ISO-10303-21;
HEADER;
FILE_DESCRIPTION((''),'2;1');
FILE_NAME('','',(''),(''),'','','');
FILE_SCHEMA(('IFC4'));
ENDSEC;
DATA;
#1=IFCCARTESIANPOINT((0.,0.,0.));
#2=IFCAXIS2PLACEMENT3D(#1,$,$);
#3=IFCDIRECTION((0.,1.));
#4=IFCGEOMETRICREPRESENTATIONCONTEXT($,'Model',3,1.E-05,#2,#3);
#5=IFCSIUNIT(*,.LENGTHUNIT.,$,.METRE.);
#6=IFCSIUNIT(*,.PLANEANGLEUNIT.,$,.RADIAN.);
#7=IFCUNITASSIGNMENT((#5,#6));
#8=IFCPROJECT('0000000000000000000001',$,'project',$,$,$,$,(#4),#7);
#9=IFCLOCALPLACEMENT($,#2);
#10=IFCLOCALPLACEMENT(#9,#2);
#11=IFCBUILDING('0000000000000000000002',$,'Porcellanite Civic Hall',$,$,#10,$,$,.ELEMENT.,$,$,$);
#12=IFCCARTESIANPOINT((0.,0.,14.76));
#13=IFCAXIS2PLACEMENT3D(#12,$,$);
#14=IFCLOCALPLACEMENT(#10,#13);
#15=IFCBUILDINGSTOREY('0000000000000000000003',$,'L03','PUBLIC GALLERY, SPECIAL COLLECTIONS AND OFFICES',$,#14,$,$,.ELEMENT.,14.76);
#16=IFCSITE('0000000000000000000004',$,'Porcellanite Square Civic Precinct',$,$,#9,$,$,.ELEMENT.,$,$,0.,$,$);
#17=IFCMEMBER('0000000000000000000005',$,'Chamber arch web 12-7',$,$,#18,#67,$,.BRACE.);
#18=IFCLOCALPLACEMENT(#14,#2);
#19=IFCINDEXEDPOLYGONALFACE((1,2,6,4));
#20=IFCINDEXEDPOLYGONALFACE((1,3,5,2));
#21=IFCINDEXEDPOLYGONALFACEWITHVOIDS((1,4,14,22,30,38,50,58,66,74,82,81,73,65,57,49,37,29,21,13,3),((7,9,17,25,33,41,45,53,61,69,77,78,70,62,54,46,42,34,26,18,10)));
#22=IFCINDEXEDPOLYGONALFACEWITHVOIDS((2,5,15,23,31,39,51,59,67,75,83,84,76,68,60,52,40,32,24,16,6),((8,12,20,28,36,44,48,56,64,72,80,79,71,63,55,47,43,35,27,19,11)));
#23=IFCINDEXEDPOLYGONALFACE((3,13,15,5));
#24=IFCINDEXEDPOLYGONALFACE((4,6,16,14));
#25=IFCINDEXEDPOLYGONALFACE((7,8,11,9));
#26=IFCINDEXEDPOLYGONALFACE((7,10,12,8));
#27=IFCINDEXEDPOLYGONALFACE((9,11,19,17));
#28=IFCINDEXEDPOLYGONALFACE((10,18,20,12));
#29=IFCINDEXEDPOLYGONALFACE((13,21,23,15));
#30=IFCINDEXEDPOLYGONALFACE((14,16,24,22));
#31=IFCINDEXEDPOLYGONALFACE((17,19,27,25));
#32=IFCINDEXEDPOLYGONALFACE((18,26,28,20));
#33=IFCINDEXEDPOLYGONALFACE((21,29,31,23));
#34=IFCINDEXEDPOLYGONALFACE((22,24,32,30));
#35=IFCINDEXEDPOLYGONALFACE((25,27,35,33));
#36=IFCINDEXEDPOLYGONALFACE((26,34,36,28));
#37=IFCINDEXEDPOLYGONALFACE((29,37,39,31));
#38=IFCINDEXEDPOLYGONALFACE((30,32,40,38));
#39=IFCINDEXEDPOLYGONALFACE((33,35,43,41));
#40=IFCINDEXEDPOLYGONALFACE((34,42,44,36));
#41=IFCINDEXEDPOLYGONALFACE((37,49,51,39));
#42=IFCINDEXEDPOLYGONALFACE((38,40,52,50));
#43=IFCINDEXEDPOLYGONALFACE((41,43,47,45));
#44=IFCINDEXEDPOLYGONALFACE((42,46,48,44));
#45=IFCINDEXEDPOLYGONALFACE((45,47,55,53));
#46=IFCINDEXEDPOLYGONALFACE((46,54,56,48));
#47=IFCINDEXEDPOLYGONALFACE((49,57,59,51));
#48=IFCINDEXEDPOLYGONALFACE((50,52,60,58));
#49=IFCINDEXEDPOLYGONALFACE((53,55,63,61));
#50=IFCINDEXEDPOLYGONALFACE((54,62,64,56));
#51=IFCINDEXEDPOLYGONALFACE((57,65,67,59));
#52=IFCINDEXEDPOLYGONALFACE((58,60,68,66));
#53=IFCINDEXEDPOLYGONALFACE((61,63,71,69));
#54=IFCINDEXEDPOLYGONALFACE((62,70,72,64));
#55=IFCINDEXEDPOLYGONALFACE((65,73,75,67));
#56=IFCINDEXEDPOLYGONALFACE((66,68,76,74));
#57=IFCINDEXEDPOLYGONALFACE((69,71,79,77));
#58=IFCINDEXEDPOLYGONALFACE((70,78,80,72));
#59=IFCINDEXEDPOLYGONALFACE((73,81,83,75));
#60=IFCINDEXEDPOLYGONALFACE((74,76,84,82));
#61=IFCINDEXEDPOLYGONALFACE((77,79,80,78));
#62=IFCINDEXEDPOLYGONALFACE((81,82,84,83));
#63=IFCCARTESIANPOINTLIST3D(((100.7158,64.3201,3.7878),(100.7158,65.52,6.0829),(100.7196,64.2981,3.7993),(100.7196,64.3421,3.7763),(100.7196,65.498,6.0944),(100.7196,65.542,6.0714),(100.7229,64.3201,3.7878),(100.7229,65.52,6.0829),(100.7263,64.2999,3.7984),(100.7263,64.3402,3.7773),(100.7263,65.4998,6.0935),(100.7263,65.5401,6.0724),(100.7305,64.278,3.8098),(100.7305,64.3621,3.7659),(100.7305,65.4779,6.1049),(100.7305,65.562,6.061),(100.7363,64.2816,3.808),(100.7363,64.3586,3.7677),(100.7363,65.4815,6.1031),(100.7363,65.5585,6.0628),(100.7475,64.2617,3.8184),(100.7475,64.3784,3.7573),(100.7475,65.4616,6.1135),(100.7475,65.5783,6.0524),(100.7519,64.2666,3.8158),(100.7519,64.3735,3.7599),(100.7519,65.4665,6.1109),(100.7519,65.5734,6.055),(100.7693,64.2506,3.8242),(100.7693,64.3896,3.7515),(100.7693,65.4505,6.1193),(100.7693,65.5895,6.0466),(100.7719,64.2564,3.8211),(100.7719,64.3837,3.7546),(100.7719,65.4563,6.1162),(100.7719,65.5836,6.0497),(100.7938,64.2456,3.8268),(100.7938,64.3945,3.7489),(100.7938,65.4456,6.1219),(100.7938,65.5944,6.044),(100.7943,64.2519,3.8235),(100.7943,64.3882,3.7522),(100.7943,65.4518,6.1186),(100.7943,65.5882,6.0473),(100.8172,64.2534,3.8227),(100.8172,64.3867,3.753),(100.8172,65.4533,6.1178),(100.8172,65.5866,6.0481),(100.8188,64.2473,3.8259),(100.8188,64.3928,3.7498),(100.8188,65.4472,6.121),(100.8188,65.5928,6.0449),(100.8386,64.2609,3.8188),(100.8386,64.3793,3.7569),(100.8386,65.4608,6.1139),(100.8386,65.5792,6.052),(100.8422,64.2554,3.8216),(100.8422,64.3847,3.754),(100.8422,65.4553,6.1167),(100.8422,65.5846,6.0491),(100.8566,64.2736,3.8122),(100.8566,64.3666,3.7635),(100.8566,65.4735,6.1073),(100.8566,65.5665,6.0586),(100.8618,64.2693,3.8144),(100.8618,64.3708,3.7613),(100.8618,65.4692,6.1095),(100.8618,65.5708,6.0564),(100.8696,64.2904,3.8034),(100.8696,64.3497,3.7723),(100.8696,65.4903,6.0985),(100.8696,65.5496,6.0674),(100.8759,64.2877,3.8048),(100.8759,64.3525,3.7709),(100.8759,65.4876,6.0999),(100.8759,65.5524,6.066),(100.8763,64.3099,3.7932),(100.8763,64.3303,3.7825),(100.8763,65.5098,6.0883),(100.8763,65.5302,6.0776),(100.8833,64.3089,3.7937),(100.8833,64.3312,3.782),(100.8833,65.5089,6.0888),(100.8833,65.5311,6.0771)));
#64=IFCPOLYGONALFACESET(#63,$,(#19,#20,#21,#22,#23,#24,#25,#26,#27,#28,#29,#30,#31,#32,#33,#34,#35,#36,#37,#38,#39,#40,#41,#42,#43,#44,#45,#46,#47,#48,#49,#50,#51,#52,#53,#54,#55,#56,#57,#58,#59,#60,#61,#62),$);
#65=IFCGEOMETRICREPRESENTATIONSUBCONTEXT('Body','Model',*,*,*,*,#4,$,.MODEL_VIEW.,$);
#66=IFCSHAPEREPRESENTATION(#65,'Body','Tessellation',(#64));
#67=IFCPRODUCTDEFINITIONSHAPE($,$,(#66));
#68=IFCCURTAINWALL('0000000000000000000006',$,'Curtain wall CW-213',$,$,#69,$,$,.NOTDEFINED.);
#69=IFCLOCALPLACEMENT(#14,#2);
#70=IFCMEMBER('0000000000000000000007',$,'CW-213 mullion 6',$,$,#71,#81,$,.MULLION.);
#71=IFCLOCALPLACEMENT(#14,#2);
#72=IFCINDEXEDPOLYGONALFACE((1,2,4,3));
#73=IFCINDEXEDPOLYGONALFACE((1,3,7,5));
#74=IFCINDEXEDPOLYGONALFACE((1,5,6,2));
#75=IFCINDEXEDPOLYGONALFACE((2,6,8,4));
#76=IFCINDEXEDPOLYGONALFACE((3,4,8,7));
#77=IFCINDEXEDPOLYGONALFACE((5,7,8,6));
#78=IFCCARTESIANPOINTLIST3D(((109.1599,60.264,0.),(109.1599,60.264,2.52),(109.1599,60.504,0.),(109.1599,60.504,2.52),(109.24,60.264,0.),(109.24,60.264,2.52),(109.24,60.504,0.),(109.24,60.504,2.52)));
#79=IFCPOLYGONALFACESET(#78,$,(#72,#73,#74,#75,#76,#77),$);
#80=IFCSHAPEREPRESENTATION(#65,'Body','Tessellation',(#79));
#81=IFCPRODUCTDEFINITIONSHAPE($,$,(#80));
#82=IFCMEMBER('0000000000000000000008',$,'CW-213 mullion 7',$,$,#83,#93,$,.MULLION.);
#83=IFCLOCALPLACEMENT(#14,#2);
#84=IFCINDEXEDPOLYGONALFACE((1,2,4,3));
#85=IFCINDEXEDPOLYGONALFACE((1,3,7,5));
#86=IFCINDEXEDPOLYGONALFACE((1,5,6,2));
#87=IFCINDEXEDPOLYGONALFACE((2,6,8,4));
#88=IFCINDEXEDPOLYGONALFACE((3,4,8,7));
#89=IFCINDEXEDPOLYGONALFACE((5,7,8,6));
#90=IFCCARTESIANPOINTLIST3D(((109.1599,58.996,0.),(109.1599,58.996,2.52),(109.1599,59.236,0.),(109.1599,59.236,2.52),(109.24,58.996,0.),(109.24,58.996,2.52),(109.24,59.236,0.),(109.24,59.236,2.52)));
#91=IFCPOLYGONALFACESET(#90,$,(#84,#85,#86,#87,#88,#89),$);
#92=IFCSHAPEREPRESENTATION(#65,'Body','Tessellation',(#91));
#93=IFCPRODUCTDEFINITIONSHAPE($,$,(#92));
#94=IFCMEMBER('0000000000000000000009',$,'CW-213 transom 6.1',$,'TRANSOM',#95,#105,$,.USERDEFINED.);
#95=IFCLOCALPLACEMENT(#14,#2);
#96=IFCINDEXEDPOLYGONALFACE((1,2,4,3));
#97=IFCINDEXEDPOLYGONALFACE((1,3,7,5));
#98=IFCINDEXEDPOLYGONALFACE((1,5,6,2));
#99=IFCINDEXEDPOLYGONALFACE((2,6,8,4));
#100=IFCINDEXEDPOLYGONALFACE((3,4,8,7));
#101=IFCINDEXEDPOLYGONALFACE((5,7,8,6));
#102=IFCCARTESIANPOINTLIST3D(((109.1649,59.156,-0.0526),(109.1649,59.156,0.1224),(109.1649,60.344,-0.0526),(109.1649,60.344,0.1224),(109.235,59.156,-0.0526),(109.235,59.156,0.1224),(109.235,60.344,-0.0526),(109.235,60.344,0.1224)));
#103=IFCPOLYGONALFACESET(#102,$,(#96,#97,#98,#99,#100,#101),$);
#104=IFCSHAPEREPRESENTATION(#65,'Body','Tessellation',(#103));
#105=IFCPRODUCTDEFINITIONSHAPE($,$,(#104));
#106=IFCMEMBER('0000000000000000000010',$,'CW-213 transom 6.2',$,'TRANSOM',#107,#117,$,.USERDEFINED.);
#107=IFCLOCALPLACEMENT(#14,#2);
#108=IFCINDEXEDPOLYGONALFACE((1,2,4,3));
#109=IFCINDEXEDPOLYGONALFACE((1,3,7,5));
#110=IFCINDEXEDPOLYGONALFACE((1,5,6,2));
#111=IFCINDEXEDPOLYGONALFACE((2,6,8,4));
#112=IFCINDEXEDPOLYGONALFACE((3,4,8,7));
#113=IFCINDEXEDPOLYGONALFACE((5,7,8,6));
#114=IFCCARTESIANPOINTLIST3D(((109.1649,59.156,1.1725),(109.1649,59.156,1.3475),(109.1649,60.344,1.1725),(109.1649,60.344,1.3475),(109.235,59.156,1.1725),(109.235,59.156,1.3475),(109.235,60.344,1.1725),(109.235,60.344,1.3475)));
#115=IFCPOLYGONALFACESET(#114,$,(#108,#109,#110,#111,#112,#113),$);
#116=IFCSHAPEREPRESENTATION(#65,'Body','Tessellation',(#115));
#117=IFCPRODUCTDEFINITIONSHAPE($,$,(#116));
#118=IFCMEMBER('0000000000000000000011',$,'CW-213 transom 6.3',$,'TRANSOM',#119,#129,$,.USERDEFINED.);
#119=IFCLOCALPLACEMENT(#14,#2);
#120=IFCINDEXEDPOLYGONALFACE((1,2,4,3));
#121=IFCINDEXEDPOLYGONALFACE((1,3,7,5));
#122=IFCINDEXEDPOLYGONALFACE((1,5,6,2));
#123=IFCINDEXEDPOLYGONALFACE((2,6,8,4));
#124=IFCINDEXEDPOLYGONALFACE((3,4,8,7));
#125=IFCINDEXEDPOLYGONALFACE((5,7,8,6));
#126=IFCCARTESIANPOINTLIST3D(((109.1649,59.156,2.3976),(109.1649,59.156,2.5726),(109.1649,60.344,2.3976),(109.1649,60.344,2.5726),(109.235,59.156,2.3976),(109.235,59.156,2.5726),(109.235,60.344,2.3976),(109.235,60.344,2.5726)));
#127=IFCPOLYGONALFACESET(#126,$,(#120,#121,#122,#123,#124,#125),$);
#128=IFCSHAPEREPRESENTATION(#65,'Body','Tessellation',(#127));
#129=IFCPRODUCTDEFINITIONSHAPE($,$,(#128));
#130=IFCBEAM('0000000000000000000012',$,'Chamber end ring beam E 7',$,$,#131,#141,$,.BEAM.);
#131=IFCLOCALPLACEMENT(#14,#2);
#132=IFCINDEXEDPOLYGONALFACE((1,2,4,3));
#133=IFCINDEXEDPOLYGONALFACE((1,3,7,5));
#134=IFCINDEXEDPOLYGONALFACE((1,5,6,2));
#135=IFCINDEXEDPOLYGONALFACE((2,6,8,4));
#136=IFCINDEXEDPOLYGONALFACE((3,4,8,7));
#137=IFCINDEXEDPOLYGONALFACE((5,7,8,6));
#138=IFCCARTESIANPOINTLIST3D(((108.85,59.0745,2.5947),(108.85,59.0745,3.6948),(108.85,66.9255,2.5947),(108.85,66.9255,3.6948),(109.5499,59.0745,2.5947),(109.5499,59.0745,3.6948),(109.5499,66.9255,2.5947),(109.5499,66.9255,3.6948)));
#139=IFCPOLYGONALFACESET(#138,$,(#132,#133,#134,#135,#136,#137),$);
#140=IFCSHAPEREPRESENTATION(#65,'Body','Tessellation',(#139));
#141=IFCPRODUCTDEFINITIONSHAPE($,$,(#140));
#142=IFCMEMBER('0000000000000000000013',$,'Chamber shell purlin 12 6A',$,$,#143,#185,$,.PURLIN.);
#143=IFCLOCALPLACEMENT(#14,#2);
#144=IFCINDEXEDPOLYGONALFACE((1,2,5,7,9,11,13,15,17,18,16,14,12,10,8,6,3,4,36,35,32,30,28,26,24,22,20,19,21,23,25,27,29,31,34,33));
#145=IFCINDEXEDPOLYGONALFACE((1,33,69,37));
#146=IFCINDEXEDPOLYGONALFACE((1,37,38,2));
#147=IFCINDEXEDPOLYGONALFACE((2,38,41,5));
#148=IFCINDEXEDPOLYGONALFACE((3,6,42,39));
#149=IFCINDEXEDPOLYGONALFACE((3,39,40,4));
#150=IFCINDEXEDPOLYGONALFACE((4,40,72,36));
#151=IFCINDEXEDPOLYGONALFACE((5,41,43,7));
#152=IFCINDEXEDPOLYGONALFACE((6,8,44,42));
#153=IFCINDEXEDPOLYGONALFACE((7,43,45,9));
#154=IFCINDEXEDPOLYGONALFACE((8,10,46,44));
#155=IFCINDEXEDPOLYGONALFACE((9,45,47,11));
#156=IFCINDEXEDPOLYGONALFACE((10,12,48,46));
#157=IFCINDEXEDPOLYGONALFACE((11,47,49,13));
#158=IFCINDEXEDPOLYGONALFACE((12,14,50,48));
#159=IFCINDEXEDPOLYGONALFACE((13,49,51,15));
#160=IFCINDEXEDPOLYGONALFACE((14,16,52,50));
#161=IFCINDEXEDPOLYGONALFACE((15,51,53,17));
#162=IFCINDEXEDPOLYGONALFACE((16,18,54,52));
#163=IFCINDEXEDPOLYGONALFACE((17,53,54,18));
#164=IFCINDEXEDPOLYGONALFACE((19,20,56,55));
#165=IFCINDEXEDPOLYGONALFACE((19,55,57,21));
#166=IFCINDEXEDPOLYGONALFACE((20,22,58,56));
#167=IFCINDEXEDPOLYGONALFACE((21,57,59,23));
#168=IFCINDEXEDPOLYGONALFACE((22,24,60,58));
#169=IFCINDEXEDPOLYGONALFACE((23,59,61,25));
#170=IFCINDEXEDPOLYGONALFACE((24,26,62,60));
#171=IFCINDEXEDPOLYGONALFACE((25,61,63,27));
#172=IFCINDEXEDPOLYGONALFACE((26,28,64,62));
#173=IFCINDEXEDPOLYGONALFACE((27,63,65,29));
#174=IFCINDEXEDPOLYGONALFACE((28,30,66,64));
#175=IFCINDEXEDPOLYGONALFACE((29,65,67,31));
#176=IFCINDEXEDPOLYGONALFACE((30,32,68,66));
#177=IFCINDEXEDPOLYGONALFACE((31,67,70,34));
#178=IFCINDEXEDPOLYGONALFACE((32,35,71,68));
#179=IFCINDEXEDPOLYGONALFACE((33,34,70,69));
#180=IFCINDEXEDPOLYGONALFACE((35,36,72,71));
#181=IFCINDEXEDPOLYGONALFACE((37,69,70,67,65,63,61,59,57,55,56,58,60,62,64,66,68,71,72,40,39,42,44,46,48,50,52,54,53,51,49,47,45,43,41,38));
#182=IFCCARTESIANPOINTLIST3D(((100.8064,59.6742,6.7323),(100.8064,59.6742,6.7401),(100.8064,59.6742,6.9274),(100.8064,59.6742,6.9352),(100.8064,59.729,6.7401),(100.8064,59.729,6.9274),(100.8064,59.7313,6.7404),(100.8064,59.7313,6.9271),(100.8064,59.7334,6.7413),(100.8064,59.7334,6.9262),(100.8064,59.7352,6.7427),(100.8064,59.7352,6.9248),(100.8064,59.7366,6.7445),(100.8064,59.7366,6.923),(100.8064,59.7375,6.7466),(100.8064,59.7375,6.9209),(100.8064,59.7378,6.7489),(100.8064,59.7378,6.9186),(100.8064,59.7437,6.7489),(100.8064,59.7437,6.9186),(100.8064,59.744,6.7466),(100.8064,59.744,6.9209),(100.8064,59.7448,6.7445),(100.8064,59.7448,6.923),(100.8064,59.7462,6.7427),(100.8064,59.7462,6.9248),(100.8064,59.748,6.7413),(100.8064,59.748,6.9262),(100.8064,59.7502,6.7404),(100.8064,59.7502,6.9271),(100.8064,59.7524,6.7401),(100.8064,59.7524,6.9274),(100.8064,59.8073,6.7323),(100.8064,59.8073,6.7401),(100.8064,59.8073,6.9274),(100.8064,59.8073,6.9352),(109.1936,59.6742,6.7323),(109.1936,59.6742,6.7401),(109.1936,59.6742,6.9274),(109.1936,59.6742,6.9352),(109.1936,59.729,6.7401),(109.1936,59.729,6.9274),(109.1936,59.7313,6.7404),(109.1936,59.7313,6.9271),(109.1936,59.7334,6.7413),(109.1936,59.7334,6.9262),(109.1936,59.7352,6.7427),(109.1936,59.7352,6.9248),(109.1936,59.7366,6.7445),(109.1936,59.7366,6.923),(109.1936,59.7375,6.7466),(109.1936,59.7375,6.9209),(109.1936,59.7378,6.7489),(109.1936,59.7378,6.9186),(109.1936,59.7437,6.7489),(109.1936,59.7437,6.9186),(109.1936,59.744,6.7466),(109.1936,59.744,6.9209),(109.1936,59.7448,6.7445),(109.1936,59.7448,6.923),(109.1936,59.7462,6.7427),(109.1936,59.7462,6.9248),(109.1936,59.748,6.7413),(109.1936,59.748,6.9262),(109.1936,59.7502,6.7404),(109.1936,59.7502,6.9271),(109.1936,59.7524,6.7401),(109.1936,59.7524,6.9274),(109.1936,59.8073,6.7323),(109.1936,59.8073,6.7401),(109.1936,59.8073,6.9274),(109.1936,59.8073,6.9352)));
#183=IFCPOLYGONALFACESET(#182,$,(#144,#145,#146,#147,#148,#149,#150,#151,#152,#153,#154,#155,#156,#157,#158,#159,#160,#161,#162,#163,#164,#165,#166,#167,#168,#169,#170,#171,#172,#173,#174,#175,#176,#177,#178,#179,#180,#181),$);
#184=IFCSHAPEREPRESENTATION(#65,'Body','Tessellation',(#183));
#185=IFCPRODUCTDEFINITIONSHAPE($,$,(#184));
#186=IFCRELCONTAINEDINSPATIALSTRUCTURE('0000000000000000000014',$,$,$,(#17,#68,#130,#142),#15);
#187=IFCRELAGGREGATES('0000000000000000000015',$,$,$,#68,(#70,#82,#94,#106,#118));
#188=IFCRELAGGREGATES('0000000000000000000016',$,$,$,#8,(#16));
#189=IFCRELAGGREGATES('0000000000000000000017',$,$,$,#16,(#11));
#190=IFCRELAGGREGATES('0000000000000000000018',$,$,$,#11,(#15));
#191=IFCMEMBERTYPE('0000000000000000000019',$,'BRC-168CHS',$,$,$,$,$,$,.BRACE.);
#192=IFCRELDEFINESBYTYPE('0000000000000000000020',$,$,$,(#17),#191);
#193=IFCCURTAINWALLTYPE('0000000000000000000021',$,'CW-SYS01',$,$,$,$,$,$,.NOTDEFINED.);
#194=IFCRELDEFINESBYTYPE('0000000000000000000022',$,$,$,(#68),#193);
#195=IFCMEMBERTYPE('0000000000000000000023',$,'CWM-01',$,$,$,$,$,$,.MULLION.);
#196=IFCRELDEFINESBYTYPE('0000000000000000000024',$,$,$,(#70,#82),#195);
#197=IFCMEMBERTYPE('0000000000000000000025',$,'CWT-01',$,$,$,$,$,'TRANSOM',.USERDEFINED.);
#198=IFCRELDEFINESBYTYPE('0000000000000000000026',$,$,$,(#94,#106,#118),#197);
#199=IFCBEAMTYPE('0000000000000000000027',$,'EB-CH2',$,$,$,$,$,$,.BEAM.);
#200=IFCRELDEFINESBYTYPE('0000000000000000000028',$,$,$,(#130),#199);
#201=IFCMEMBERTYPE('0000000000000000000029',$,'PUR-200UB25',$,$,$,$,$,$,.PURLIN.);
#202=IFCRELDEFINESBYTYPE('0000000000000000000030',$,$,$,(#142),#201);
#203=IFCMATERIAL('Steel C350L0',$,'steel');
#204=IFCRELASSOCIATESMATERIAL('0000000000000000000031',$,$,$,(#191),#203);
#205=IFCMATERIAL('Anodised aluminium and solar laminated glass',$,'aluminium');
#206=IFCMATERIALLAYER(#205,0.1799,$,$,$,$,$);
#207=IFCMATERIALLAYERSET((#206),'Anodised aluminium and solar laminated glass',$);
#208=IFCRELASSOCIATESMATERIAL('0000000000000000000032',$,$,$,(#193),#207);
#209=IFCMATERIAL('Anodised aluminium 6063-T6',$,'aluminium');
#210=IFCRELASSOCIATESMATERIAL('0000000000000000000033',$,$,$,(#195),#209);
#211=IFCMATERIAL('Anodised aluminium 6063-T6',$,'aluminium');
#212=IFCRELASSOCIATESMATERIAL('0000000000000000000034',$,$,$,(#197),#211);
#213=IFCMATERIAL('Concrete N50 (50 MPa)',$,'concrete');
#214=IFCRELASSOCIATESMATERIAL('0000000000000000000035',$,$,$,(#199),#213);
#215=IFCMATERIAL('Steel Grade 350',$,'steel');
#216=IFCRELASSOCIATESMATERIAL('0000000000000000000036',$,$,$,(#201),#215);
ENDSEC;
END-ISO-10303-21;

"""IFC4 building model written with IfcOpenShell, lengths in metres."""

from ifc_helpers import new_model, si_unit, direction, frame, origin, origin_2d, place, context, subcontext, project, spatial, rectangle, hollow_circle, i_section, extrude, material, layer, layer_set, material_profile, profile_set, type_object, element, aggregate, save


model = new_model("IFC4")

# Units and contexts
model_context = context("Model", 3, precision=1e-05, world=origin(), true_north=direction((0.0, 1.0)))
body_context = subcontext(model_context, "Body", "Model", "MODEL_VIEW")
ifc_project = project(units=[si_unit("LENGTHUNIT", "METRE"), si_unit("PLANEANGLEUNIT", "RADIAN")], contexts=[model_context])

# Site, building, storey
site_placement = place(None, origin())
site = spatial("IfcSite", under=ifc_project, at=site_placement, Name="Porcellanite Square Civic Precinct", CompositionType="ELEMENT", RefElevation=0.0)
building_placement = place(site_placement, origin())
building = spatial("IfcBuilding", under=site, at=building_placement, Name="Porcellanite Civic Hall", CompositionType="ELEMENT")
storey_placement = place(building_placement, frame((0.0, 0.0, 14.76)))
storey = spatial("IfcBuildingStorey", under=building, at=storey_placement, Name="L03", Description="PUBLIC GALLERY, SPECIAL COLLECTIONS AND OFFICES", CompositionType="ELEMENT", Elevation=14.76)

# Member
ifc_material_1 = material(Name="Steel C350L0", Category="steel")
ifc_material_profile_1 = material_profile(ifc_material_1, hollow_circle(Radius=0.0842, WallThickness=0.0071, at=origin_2d()), Name="168.3x7.1CHS")
ifc_profile_set_1 = profile_set([ifc_material_profile_1], Name="Steel C350L0")
member_type_1 = type_object("IfcMemberType", Name="BRC-168CHS", PredefinedType="BRACE", material=ifc_profile_set_1)
member_1_placement = place(storey_placement, frame((100.8, 64.3201, 3.7878), z_axis=(0.0, 0.463316, 0.886193), x_axis=(-1.0, 0.0, 0.0)))
element("IfcMember", 1, at=member_1_placement, inside=storey, type_object=member_type_1, Name="Chamber arch web 12-7", PredefinedType="BRACE", context=body_context, shape_type="SweptSolid", body=[
    extrude(hollow_circle(Radius=0.0842, WallThickness=0.0071, at=origin_2d()), origin(), (0.0, 0.0, 1.0), 2.5898),
])

# Curtain wall, members
ifc_material_2 = material(Name="Anodised aluminium and solar laminated glass", Category="aluminium")
ifc_layer_1 = layer(ifc_material_2, 0.1799)
ifc_layer_set_1 = layer_set([ifc_layer_1], Name="Anodised aluminium and solar laminated glass")
curtain_wall_type = type_object("IfcCurtainWallType", Name="CW-SYS01", PredefinedType="NOTDEFINED", material=ifc_layer_set_1)
curtain_wall_placement = place(storey_placement, origin())
curtain_wall = element("IfcCurtainWall", 2, at=curtain_wall_placement, inside=storey, type_object=curtain_wall_type, Name="Curtain wall CW-213", PredefinedType="NOTDEFINED")
ifc_material_3 = material(Name="Anodised aluminium 6063-T6", Category="aluminium")
ifc_material_profile_2 = material_profile(ifc_material_3, rectangle(XDim=0.0801, YDim=0.24, at=origin_2d()), Name="AL-80x240")
ifc_profile_set_2 = profile_set([ifc_material_profile_2], Name="Anodised aluminium 6063-T6")
member_type_2 = type_object("IfcMemberType", Name="CWM-01", PredefinedType="MULLION", material=ifc_profile_set_2)
member_2_placement = place(storey_placement, frame((109.2, 60.384, 0.0), z_axis=(0.0, 0.0, 1.0), x_axis=(1.0, 0.0, 0.0)))
member_2 = element("IfcMember", 3, at=member_2_placement, type_object=member_type_2, Name="CW-213 mullion 6", PredefinedType="MULLION", context=body_context, shape_type="SweptSolid", body=[
    extrude(rectangle(XDim=0.0801, YDim=0.24, at=origin_2d()), origin(), (0.0, 0.0, 1.0), 2.52),
])
member_3_placement = place(storey_placement, frame((109.2, 59.116, 0.0), z_axis=(0.0, 0.0, 1.0), x_axis=(1.0, 0.0, 0.0)))
member_3 = element("IfcMember", 4, at=member_3_placement, type_object=member_type_2, Name="CW-213 mullion 7", PredefinedType="MULLION", context=body_context, shape_type="SweptSolid", body=[
    extrude(rectangle(XDim=0.0801, YDim=0.24, at=origin_2d()), origin(), (0.0, 0.0, 1.0), 2.52),
])
ifc_material_4 = material(Name="Anodised aluminium 6063-T6", Category="aluminium")
ifc_material_profile_3 = material_profile(ifc_material_4, rectangle(XDim=0.0701, YDim=0.175, at=origin_2d()), Name="AL-70x175")
ifc_profile_set_3 = profile_set([ifc_material_profile_3], Name="Anodised aluminium 6063-T6")
member_type_3 = type_object("IfcMemberType", Name="CWT-01", ElementType="TRANSOM", PredefinedType="USERDEFINED", material=ifc_profile_set_3)
member_4_placement = place(storey_placement, frame((109.2, 60.344, 0.0349), z_axis=(0.0, -1.0, 0.0), x_axis=(1.0, 0.0, 0.0)))
member_4 = element("IfcMember", 5, at=member_4_placement, type_object=member_type_3, Name="CW-213 transom 6.1", ObjectType="TRANSOM", PredefinedType="USERDEFINED", context=body_context, shape_type="SweptSolid", body=[
    extrude(rectangle(XDim=0.0701, YDim=0.175, at=origin_2d()), origin(), (0.0, 0.0, 1.0), 1.188),
])
member_5_placement = place(storey_placement, frame((109.2, 60.344, 1.26), z_axis=(0.0, -1.0, 0.0), x_axis=(1.0, 0.0, 0.0)))
member_5 = element("IfcMember", 6, at=member_5_placement, type_object=member_type_3, Name="CW-213 transom 6.2", ObjectType="TRANSOM", PredefinedType="USERDEFINED", context=body_context, shape_type="SweptSolid", body=[
    extrude(rectangle(XDim=0.0701, YDim=0.175, at=origin_2d()), origin(), (0.0, 0.0, 1.0), 1.188),
])
member_6_placement = place(storey_placement, frame((109.2, 60.344, 2.4851), z_axis=(0.0, -1.0, 0.0), x_axis=(1.0, 0.0, 0.0)))
member_6 = element("IfcMember", 7, at=member_6_placement, type_object=member_type_3, Name="CW-213 transom 6.3", ObjectType="TRANSOM", PredefinedType="USERDEFINED", context=body_context, shape_type="SweptSolid", body=[
    extrude(rectangle(XDim=0.0701, YDim=0.175, at=origin_2d()), origin(), (0.0, 0.0, 1.0), 1.188),
])

# Beam
ifc_material_5 = material(Name="Concrete N50 (50 MPa)", Category="concrete")
ifc_material_profile_4 = material_profile(ifc_material_5, rectangle(XDim=0.7, YDim=1.1001, at=origin_2d()), Name="RC-700x1100")
ifc_profile_set_4 = profile_set([ifc_material_profile_4], Name="Concrete N50 (50 MPa)")
beam_type_1 = type_object("IfcBeamType", Name="EB-CH2", PredefinedType="BEAM", material=ifc_profile_set_4)
beam_1_placement = place(storey_placement, frame((109.2, 59.0745, 3.1448), z_axis=(0.0, 1.0, 0.0), x_axis=(-1.0, 0.0, 0.0)))
element("IfcBeam", 8, at=beam_1_placement, inside=storey, type_object=beam_type_1, Name="Chamber end ring beam E 7", PredefinedType="BEAM", context=body_context, shape_type="SweptSolid", body=[
    extrude(rectangle(XDim=0.7, YDim=1.1001, at=origin_2d()), origin(), (0.0, 0.0, 1.0), 7.8511),
])

# Member
ifc_material_6 = material(Name="Steel Grade 350", Category="steel")
ifc_material_profile_5 = material_profile(ifc_material_6, i_section(OverallWidth=0.1331, OverallDepth=0.2029, WebThickness=0.0059, FlangeThickness=0.0078, FilletRadius=0.0088, at=origin_2d()), Name="200UB25.4")
ifc_profile_set_5 = profile_set([ifc_material_profile_5], Name="Steel Grade 350")
member_type_4 = type_object("IfcMemberType", Name="PUR-200UB25", PredefinedType="PURLIN", material=ifc_profile_set_5)
for number, where, z_axis, x_axis, name in (
    (9, (100.8064, 59.7407, 6.8337), (1.0, 0.0, 0.0), (0.0, 1.0, 0.0), "Chamber shell purlin 12 6A"),
):
    element("IfcMember", number, at=place(storey_placement, frame(where, z_axis=z_axis, x_axis=x_axis)), inside=storey, type_object=member_type_4, Name=name, PredefinedType="PURLIN", context=body_context, shape_type="SweptSolid", body=[
        extrude(i_section(OverallWidth=0.1331, OverallDepth=0.2029, WebThickness=0.0059, FlangeThickness=0.0078, FilletRadius=0.0088, at=origin_2d()), origin(), (0.0, 0.0, 1.0), 8.3872),
    ])

aggregate(curtain_wall, [member_2, member_3, member_4, member_5, member_6])

save(model, "model.ifc")
